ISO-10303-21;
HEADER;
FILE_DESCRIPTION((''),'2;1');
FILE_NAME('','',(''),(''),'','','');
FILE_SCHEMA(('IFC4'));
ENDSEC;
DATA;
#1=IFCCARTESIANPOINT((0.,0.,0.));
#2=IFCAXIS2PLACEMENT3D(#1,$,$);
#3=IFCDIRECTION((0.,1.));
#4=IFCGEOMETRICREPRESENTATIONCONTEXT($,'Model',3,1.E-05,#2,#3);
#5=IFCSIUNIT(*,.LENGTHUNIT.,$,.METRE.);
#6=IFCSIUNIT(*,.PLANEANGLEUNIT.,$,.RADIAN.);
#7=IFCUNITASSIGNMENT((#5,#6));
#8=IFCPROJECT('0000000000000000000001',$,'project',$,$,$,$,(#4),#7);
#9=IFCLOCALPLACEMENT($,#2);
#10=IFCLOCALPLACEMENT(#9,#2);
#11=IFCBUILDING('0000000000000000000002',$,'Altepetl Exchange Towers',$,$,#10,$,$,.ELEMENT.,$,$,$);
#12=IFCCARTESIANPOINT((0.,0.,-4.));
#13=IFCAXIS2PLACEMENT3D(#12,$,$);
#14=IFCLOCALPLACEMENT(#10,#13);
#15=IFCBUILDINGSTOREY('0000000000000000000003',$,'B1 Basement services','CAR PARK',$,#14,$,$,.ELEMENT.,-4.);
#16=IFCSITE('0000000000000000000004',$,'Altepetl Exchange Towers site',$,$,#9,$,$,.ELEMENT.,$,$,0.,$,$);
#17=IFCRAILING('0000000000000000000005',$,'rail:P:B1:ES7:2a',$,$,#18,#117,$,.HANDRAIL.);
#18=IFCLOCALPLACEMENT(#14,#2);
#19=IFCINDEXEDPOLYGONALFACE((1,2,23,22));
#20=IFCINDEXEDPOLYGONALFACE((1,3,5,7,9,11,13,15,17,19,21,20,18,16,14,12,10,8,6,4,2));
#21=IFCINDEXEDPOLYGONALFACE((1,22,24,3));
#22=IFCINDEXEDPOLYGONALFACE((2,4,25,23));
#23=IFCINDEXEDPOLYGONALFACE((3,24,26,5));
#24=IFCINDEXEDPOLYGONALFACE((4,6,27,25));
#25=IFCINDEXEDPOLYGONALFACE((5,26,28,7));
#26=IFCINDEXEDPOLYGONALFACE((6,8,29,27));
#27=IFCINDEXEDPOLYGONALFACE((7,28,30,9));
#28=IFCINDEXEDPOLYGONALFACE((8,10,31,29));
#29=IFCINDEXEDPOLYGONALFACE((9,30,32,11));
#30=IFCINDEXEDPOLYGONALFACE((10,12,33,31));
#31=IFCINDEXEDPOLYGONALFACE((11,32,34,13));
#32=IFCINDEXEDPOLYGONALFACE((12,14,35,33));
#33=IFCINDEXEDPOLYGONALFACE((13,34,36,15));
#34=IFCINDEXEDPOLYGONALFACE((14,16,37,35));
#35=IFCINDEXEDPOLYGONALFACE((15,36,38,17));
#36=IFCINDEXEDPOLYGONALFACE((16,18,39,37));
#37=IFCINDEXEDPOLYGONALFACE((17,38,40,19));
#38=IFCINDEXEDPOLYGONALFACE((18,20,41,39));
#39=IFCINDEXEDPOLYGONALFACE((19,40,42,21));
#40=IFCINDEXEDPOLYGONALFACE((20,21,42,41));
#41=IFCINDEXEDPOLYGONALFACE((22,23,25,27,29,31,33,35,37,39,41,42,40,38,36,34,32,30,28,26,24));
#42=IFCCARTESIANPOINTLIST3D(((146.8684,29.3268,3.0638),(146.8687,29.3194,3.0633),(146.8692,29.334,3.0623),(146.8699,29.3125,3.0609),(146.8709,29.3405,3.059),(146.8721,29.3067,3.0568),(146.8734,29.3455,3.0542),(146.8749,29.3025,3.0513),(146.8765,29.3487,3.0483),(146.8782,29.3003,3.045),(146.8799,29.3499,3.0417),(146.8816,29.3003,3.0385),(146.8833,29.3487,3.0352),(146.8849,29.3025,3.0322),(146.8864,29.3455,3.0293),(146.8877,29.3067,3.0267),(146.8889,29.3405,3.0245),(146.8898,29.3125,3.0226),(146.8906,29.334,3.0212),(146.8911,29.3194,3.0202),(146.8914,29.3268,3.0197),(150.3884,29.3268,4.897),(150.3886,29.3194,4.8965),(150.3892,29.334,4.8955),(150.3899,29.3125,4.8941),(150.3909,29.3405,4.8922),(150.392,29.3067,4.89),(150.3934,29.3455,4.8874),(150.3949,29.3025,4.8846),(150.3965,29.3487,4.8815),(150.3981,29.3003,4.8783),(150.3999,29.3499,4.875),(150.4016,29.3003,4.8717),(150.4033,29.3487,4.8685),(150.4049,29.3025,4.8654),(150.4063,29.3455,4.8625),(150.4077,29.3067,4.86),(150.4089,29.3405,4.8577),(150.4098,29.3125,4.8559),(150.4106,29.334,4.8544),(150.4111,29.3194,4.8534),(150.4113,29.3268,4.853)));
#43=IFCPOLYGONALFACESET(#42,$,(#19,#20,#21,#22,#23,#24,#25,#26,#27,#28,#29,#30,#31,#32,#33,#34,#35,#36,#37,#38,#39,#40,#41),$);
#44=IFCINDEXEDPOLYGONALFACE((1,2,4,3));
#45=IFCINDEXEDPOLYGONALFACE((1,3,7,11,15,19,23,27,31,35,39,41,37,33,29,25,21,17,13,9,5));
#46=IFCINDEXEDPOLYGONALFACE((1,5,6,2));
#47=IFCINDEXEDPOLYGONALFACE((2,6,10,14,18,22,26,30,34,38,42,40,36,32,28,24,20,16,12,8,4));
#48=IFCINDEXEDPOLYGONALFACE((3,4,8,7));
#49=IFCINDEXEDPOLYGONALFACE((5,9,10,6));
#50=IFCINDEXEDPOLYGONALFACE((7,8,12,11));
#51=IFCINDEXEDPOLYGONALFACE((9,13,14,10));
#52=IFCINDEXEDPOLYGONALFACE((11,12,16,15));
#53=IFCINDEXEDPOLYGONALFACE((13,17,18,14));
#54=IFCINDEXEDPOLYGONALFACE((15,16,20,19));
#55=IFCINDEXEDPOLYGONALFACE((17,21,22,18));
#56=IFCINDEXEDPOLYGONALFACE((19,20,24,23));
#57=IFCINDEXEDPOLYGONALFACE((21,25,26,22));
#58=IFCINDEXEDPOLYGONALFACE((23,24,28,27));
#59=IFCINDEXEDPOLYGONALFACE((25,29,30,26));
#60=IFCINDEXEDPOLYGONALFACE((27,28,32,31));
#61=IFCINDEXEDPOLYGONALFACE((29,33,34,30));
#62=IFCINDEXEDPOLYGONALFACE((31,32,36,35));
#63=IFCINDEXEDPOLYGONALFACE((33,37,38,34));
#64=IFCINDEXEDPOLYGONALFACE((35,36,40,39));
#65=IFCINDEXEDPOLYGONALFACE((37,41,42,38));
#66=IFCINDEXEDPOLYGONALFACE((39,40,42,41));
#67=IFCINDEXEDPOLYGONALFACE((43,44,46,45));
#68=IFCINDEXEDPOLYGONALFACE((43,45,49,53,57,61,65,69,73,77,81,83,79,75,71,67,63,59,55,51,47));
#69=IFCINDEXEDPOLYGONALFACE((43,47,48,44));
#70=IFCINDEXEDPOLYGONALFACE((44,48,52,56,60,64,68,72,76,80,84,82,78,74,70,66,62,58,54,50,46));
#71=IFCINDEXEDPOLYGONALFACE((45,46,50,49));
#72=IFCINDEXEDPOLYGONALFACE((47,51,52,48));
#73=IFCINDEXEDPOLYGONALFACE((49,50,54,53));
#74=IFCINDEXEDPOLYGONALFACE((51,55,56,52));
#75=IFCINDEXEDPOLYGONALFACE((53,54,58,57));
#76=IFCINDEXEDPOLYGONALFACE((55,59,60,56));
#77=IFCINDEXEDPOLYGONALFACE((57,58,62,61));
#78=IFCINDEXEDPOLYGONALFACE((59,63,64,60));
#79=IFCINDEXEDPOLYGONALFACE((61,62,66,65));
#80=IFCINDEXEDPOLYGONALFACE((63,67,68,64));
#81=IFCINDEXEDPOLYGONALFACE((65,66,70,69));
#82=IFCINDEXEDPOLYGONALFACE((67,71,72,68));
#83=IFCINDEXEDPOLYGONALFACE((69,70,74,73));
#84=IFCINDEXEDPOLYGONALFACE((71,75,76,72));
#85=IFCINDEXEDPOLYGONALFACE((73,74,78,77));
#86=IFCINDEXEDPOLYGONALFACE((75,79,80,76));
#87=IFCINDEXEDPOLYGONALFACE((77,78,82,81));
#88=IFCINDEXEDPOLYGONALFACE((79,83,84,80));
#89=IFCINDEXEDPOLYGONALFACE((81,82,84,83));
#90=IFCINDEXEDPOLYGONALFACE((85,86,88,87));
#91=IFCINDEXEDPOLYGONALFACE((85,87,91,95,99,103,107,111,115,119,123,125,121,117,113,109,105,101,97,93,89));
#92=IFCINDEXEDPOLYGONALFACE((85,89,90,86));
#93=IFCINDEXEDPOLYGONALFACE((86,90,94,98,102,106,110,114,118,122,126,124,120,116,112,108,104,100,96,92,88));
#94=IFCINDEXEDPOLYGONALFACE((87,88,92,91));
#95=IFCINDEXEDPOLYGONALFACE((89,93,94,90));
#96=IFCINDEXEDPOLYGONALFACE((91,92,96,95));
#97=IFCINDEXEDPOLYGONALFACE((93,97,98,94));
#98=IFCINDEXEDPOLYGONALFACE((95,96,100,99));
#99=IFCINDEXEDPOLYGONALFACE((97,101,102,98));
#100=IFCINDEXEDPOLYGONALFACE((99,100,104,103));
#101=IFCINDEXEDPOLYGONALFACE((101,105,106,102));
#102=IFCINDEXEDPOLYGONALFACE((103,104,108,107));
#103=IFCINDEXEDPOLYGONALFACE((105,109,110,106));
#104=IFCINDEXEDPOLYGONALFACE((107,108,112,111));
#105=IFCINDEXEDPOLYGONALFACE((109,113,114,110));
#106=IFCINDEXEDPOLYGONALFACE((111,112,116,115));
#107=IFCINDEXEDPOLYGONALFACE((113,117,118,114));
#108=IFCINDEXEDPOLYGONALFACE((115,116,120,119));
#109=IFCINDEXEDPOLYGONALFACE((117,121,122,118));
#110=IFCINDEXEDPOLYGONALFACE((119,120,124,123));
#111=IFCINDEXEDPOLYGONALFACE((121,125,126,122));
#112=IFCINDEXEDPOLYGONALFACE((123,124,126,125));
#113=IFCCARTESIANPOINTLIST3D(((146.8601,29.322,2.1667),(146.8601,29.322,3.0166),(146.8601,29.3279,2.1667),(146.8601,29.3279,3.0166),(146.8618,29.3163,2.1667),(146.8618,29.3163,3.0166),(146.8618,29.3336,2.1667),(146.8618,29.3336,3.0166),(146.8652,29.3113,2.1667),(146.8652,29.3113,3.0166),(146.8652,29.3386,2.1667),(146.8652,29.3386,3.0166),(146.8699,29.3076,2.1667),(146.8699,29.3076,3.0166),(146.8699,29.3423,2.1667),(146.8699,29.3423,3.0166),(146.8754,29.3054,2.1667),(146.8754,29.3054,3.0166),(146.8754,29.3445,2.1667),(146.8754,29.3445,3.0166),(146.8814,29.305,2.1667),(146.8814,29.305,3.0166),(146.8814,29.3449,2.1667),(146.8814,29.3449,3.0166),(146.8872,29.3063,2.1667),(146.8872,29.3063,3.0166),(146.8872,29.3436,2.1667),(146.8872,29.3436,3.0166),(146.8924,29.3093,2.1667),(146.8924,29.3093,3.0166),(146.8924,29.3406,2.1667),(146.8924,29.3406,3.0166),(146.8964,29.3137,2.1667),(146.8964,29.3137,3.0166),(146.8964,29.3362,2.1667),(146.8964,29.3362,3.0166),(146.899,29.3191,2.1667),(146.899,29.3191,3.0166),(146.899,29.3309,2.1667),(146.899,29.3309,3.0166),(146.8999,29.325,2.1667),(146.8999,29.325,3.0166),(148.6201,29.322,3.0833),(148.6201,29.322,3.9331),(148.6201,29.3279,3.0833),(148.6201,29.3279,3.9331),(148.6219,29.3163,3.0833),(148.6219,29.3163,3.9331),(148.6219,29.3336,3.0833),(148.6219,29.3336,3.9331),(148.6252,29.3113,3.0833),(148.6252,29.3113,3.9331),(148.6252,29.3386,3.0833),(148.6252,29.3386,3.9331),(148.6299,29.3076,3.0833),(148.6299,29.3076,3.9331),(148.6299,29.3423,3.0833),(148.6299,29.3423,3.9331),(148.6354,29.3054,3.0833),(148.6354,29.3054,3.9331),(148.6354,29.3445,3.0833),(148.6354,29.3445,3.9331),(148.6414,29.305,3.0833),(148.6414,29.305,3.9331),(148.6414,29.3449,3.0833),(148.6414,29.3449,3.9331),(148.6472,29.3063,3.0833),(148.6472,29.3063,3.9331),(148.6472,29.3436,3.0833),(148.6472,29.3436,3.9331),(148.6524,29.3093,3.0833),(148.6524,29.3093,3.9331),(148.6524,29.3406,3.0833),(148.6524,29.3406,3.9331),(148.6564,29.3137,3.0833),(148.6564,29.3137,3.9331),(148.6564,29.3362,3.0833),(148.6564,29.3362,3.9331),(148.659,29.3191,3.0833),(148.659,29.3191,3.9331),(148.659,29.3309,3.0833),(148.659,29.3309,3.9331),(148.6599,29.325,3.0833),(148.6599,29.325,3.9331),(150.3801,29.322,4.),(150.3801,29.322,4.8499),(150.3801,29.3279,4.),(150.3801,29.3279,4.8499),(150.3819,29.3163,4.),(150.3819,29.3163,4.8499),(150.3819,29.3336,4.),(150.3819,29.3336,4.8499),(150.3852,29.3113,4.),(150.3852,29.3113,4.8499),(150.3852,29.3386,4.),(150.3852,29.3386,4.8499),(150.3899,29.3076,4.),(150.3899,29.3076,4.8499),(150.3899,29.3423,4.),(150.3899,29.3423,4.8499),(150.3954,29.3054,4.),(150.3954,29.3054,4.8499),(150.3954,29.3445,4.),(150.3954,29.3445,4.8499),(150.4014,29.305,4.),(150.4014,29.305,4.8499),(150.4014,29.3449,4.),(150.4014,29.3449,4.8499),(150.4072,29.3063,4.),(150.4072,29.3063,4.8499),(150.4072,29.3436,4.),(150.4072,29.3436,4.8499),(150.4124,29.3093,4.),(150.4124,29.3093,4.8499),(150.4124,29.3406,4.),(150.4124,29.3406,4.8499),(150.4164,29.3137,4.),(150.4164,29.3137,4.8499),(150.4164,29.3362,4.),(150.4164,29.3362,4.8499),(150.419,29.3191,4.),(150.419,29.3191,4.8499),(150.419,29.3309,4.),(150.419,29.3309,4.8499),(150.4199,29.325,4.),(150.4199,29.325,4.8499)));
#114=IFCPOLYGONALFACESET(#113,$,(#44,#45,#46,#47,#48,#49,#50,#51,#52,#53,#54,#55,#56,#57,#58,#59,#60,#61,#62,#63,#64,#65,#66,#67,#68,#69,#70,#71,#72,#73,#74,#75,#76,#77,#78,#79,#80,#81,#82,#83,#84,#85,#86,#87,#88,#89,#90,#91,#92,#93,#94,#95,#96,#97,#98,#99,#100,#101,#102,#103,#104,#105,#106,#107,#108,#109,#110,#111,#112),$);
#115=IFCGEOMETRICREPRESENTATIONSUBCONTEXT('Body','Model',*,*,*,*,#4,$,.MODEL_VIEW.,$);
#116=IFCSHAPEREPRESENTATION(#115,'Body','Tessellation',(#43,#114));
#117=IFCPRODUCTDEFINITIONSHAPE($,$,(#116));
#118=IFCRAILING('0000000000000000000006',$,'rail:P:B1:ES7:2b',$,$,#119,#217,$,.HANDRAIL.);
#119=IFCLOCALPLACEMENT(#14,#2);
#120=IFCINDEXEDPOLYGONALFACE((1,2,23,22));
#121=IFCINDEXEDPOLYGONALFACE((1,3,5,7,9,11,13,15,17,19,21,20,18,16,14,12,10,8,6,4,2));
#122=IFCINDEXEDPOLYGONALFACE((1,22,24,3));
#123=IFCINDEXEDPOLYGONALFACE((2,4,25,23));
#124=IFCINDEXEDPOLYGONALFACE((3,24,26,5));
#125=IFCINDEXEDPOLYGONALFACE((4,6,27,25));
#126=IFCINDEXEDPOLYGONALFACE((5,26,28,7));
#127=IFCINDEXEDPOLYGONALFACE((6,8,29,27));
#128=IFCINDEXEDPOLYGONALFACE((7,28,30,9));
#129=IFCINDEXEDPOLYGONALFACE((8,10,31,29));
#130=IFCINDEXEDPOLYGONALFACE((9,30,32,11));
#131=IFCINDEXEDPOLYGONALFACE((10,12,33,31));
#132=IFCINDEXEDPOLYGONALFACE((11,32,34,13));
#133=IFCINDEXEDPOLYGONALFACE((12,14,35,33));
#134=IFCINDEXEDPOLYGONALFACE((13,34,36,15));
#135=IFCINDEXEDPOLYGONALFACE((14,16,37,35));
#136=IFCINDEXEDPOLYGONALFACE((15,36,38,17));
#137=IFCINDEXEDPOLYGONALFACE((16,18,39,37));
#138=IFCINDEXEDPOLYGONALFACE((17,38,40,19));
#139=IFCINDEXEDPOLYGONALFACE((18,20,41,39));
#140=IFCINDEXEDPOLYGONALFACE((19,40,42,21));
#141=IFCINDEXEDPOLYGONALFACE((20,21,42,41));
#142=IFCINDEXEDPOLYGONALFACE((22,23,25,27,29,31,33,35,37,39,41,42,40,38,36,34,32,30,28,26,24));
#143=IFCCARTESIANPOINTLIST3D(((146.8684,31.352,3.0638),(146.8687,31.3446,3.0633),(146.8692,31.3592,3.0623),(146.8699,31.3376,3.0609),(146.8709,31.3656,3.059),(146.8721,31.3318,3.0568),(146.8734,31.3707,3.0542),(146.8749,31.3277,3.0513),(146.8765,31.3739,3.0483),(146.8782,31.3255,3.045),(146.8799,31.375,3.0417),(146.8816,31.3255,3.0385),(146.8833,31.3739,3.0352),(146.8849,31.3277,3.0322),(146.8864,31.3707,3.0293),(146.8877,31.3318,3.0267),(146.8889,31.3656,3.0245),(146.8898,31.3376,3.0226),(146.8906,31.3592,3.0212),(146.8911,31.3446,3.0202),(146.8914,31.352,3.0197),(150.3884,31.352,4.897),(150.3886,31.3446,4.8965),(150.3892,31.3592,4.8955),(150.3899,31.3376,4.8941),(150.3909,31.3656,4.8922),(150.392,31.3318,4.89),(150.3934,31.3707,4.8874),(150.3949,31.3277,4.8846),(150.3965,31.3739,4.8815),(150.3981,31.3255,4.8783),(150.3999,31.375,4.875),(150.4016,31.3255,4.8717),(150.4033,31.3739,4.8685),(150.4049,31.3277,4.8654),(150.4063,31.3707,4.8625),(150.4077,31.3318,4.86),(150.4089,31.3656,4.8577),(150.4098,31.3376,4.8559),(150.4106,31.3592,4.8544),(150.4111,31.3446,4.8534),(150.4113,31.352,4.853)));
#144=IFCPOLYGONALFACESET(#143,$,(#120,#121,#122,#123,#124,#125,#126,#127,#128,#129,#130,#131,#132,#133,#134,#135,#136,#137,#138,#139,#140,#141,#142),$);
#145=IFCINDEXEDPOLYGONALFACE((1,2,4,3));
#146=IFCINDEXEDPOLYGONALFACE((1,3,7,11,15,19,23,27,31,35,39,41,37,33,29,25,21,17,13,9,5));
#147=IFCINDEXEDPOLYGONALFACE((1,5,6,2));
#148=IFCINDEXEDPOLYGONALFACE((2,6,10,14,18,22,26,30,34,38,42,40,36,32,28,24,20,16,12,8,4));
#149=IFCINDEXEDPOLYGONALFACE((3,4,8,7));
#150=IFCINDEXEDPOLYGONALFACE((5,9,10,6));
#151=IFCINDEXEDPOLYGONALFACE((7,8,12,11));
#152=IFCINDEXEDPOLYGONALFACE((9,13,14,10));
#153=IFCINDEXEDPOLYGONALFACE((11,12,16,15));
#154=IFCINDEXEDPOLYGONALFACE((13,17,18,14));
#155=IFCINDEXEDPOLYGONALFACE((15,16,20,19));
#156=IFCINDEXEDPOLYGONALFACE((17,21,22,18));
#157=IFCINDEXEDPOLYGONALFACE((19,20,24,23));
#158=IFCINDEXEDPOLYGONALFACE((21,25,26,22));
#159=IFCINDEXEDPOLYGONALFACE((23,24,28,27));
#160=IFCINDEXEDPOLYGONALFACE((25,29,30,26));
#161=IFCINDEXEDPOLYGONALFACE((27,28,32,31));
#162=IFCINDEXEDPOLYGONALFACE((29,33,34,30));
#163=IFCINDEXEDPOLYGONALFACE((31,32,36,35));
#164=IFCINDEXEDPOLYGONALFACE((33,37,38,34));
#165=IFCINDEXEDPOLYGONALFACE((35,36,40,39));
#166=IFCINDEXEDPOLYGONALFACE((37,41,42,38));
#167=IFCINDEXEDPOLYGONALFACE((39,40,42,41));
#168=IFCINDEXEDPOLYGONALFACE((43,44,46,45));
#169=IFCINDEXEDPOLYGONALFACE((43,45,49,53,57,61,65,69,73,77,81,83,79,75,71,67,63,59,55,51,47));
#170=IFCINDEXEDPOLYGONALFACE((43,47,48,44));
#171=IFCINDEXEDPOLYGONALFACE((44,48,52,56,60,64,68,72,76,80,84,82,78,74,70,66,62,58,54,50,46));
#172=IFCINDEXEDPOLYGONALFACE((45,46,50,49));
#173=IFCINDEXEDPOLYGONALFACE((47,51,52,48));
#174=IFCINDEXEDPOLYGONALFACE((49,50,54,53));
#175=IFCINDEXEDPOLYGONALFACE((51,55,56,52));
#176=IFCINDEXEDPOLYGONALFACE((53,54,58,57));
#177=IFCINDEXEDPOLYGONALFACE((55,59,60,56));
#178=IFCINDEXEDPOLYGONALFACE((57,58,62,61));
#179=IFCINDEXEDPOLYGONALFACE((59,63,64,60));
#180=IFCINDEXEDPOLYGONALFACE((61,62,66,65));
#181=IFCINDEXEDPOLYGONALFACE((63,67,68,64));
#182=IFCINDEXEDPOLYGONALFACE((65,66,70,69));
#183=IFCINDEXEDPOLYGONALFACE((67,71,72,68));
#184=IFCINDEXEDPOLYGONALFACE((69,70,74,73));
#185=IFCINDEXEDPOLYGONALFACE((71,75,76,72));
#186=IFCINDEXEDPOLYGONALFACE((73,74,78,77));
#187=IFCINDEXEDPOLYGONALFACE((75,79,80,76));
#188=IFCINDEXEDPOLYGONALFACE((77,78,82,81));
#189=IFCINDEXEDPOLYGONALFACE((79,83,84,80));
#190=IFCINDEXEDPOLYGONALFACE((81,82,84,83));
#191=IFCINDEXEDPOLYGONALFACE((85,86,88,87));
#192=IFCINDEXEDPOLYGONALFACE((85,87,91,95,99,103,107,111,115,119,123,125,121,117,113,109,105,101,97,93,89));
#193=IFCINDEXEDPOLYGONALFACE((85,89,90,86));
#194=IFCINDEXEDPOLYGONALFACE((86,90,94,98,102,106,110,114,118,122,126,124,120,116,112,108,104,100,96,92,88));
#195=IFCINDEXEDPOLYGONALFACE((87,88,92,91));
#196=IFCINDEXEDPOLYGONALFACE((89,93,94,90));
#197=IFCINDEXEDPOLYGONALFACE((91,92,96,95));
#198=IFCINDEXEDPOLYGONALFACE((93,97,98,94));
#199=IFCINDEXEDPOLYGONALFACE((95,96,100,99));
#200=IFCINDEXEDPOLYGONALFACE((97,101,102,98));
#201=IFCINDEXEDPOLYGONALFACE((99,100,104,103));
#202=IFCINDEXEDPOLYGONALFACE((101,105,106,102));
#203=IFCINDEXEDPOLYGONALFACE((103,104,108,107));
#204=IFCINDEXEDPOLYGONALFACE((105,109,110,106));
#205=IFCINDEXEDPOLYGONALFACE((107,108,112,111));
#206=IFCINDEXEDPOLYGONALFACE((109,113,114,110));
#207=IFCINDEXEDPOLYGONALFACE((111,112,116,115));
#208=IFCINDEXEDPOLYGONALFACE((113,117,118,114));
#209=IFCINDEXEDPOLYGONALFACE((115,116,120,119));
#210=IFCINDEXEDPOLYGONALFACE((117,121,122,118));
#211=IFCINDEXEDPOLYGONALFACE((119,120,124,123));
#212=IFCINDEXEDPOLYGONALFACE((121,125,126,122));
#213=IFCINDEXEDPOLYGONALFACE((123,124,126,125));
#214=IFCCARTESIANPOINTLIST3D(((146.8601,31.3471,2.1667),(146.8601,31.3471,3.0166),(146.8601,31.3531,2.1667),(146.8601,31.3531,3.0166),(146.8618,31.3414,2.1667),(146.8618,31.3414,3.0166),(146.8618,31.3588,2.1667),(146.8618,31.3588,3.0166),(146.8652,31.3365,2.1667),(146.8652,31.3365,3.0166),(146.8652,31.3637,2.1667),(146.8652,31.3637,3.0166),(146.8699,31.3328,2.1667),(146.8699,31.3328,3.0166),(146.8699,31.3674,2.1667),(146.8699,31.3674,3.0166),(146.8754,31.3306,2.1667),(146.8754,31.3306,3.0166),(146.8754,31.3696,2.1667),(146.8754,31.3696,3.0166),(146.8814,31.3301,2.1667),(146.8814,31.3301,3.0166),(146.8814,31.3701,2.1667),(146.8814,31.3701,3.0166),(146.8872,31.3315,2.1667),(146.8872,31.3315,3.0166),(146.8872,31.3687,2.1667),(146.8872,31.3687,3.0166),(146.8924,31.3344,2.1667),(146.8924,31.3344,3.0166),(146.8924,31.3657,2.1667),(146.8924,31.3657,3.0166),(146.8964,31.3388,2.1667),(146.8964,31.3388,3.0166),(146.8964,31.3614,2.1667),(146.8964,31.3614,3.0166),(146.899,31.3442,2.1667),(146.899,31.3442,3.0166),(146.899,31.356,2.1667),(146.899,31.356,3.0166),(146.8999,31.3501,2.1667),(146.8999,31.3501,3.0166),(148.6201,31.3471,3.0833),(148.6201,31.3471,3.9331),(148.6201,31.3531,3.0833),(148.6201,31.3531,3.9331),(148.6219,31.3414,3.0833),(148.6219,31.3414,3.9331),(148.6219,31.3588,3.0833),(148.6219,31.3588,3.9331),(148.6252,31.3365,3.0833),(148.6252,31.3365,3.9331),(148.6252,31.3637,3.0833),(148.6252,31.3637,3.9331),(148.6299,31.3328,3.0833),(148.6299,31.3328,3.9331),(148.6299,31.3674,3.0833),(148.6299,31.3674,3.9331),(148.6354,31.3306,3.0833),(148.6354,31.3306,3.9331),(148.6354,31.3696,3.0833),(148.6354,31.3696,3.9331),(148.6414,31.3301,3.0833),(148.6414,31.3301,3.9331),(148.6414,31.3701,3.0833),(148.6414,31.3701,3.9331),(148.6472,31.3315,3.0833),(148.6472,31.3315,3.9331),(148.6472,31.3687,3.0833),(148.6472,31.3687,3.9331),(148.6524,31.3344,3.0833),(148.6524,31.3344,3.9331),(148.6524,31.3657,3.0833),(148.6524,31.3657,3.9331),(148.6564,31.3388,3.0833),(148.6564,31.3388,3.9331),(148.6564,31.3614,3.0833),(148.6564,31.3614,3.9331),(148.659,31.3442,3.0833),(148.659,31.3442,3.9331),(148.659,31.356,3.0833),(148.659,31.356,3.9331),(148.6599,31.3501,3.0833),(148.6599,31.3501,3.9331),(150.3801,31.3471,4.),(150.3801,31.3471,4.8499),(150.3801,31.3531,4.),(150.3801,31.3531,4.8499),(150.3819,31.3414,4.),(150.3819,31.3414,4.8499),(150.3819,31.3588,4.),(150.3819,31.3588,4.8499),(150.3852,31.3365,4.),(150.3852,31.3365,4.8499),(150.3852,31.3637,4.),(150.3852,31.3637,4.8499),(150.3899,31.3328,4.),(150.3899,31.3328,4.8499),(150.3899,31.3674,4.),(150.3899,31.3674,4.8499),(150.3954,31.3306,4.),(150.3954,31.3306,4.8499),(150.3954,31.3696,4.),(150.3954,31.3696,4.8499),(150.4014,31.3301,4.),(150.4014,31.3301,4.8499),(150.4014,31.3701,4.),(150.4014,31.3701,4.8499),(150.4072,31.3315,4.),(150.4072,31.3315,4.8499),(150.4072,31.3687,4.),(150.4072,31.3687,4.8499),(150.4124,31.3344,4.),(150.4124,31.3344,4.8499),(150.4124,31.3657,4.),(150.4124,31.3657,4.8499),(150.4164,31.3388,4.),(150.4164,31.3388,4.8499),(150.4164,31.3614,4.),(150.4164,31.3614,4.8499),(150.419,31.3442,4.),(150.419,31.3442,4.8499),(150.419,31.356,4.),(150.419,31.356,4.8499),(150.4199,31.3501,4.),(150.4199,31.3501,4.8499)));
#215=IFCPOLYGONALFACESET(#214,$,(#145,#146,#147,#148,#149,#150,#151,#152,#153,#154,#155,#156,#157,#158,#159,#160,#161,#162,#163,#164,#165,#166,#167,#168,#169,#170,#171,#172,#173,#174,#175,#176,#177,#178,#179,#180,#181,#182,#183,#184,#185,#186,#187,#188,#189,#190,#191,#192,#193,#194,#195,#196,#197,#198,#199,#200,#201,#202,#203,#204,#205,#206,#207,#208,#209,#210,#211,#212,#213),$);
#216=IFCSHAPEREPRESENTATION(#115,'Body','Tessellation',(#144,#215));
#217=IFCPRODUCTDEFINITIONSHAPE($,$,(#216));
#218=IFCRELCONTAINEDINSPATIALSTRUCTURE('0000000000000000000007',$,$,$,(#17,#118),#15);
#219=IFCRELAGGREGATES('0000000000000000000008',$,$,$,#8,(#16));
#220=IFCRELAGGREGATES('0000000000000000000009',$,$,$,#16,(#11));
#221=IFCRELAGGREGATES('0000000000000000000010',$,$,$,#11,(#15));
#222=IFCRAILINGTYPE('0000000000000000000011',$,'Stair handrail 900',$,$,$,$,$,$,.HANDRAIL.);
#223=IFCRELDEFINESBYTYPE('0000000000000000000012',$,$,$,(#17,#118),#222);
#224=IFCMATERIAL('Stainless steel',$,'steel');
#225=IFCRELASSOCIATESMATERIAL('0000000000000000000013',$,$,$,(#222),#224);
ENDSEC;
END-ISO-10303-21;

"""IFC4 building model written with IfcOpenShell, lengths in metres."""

from ifc_helpers import new_model, si_unit, direction, frame, origin, origin_2d, place, context, subcontext, project, spatial, circle, extrude, source, transform, mapped, material, type_object, element, save


model = new_model("IFC4")

# Units and contexts
model_context = context("Model", 3, precision=1e-05, world=origin(), true_north=direction((0.0, 1.0)))
body_context = subcontext(model_context, "Body", "Model", "MODEL_VIEW")
ifc_project = project(units=[si_unit("LENGTHUNIT", "METRE"), si_unit("PLANEANGLEUNIT", "RADIAN")], contexts=[model_context])

# Site, building, storey
site_placement = place(None, origin())
site = spatial("IfcSite", under=ifc_project, at=site_placement, Name="Altepetl Exchange Towers site", CompositionType="ELEMENT", RefElevation=0.0)
building_placement = place(site_placement, origin())
building = spatial("IfcBuilding", under=site, at=building_placement, Name="Altepetl Exchange Towers", CompositionType="ELEMENT")
storey_placement = place(building_placement, frame((0.0, 0.0, -4.0)))
storey = spatial("IfcBuildingStorey", under=building, at=storey_placement, Name="B1 Basement services", Description="CAR PARK", CompositionType="ELEMENT", Elevation=-4.0)

# Railings
ifc_material_1 = material(Name="Stainless steel", Category="steel")
railing_type_1 = type_object("IfcRailingType", Name="Stair handrail 900", PredefinedType="HANDRAIL", material=ifc_material_1)
shared_shape_1 = source(origin(), body_context, "Body", "SweptSolid", [
    extrude(circle(Radius=0.02, at=origin_2d()), origin(), (0.0, 0.0, 1.0), 0.8499),
])
for number, where, name in (
    (1, (146.8799, 29.325, 2.1667), "rail:P:B1:ES7:2a"),
    (2, (146.8799, 31.3501, 2.1667), "rail:P:B1:ES7:2b"),
):
    element("IfcRailing", number, at=place(storey_placement, frame(where)), inside=storey, type_object=railing_type_1, Name=name, PredefinedType="HANDRAIL", context=body_context, shape_type="SweptSolid", body=[
        extrude(circle(Radius=0.0249, at=origin_2d()), frame((0.0, 0.0, 0.875), z_axis=(0.886924, 0.0, 0.461916), x_axis=(0.0, 1.0, 0.0)), (0.0, 0.0, 1.0), 3.9688),
        mapped(shared_shape_1, transform((0.0, 0.0, 0.0))),
        mapped(shared_shape_1, transform((1.76, 0.0, 0.9165))),
        mapped(shared_shape_1, transform((3.52, 0.0, 1.8333))),
    ])

save(model, "model.ifc")
